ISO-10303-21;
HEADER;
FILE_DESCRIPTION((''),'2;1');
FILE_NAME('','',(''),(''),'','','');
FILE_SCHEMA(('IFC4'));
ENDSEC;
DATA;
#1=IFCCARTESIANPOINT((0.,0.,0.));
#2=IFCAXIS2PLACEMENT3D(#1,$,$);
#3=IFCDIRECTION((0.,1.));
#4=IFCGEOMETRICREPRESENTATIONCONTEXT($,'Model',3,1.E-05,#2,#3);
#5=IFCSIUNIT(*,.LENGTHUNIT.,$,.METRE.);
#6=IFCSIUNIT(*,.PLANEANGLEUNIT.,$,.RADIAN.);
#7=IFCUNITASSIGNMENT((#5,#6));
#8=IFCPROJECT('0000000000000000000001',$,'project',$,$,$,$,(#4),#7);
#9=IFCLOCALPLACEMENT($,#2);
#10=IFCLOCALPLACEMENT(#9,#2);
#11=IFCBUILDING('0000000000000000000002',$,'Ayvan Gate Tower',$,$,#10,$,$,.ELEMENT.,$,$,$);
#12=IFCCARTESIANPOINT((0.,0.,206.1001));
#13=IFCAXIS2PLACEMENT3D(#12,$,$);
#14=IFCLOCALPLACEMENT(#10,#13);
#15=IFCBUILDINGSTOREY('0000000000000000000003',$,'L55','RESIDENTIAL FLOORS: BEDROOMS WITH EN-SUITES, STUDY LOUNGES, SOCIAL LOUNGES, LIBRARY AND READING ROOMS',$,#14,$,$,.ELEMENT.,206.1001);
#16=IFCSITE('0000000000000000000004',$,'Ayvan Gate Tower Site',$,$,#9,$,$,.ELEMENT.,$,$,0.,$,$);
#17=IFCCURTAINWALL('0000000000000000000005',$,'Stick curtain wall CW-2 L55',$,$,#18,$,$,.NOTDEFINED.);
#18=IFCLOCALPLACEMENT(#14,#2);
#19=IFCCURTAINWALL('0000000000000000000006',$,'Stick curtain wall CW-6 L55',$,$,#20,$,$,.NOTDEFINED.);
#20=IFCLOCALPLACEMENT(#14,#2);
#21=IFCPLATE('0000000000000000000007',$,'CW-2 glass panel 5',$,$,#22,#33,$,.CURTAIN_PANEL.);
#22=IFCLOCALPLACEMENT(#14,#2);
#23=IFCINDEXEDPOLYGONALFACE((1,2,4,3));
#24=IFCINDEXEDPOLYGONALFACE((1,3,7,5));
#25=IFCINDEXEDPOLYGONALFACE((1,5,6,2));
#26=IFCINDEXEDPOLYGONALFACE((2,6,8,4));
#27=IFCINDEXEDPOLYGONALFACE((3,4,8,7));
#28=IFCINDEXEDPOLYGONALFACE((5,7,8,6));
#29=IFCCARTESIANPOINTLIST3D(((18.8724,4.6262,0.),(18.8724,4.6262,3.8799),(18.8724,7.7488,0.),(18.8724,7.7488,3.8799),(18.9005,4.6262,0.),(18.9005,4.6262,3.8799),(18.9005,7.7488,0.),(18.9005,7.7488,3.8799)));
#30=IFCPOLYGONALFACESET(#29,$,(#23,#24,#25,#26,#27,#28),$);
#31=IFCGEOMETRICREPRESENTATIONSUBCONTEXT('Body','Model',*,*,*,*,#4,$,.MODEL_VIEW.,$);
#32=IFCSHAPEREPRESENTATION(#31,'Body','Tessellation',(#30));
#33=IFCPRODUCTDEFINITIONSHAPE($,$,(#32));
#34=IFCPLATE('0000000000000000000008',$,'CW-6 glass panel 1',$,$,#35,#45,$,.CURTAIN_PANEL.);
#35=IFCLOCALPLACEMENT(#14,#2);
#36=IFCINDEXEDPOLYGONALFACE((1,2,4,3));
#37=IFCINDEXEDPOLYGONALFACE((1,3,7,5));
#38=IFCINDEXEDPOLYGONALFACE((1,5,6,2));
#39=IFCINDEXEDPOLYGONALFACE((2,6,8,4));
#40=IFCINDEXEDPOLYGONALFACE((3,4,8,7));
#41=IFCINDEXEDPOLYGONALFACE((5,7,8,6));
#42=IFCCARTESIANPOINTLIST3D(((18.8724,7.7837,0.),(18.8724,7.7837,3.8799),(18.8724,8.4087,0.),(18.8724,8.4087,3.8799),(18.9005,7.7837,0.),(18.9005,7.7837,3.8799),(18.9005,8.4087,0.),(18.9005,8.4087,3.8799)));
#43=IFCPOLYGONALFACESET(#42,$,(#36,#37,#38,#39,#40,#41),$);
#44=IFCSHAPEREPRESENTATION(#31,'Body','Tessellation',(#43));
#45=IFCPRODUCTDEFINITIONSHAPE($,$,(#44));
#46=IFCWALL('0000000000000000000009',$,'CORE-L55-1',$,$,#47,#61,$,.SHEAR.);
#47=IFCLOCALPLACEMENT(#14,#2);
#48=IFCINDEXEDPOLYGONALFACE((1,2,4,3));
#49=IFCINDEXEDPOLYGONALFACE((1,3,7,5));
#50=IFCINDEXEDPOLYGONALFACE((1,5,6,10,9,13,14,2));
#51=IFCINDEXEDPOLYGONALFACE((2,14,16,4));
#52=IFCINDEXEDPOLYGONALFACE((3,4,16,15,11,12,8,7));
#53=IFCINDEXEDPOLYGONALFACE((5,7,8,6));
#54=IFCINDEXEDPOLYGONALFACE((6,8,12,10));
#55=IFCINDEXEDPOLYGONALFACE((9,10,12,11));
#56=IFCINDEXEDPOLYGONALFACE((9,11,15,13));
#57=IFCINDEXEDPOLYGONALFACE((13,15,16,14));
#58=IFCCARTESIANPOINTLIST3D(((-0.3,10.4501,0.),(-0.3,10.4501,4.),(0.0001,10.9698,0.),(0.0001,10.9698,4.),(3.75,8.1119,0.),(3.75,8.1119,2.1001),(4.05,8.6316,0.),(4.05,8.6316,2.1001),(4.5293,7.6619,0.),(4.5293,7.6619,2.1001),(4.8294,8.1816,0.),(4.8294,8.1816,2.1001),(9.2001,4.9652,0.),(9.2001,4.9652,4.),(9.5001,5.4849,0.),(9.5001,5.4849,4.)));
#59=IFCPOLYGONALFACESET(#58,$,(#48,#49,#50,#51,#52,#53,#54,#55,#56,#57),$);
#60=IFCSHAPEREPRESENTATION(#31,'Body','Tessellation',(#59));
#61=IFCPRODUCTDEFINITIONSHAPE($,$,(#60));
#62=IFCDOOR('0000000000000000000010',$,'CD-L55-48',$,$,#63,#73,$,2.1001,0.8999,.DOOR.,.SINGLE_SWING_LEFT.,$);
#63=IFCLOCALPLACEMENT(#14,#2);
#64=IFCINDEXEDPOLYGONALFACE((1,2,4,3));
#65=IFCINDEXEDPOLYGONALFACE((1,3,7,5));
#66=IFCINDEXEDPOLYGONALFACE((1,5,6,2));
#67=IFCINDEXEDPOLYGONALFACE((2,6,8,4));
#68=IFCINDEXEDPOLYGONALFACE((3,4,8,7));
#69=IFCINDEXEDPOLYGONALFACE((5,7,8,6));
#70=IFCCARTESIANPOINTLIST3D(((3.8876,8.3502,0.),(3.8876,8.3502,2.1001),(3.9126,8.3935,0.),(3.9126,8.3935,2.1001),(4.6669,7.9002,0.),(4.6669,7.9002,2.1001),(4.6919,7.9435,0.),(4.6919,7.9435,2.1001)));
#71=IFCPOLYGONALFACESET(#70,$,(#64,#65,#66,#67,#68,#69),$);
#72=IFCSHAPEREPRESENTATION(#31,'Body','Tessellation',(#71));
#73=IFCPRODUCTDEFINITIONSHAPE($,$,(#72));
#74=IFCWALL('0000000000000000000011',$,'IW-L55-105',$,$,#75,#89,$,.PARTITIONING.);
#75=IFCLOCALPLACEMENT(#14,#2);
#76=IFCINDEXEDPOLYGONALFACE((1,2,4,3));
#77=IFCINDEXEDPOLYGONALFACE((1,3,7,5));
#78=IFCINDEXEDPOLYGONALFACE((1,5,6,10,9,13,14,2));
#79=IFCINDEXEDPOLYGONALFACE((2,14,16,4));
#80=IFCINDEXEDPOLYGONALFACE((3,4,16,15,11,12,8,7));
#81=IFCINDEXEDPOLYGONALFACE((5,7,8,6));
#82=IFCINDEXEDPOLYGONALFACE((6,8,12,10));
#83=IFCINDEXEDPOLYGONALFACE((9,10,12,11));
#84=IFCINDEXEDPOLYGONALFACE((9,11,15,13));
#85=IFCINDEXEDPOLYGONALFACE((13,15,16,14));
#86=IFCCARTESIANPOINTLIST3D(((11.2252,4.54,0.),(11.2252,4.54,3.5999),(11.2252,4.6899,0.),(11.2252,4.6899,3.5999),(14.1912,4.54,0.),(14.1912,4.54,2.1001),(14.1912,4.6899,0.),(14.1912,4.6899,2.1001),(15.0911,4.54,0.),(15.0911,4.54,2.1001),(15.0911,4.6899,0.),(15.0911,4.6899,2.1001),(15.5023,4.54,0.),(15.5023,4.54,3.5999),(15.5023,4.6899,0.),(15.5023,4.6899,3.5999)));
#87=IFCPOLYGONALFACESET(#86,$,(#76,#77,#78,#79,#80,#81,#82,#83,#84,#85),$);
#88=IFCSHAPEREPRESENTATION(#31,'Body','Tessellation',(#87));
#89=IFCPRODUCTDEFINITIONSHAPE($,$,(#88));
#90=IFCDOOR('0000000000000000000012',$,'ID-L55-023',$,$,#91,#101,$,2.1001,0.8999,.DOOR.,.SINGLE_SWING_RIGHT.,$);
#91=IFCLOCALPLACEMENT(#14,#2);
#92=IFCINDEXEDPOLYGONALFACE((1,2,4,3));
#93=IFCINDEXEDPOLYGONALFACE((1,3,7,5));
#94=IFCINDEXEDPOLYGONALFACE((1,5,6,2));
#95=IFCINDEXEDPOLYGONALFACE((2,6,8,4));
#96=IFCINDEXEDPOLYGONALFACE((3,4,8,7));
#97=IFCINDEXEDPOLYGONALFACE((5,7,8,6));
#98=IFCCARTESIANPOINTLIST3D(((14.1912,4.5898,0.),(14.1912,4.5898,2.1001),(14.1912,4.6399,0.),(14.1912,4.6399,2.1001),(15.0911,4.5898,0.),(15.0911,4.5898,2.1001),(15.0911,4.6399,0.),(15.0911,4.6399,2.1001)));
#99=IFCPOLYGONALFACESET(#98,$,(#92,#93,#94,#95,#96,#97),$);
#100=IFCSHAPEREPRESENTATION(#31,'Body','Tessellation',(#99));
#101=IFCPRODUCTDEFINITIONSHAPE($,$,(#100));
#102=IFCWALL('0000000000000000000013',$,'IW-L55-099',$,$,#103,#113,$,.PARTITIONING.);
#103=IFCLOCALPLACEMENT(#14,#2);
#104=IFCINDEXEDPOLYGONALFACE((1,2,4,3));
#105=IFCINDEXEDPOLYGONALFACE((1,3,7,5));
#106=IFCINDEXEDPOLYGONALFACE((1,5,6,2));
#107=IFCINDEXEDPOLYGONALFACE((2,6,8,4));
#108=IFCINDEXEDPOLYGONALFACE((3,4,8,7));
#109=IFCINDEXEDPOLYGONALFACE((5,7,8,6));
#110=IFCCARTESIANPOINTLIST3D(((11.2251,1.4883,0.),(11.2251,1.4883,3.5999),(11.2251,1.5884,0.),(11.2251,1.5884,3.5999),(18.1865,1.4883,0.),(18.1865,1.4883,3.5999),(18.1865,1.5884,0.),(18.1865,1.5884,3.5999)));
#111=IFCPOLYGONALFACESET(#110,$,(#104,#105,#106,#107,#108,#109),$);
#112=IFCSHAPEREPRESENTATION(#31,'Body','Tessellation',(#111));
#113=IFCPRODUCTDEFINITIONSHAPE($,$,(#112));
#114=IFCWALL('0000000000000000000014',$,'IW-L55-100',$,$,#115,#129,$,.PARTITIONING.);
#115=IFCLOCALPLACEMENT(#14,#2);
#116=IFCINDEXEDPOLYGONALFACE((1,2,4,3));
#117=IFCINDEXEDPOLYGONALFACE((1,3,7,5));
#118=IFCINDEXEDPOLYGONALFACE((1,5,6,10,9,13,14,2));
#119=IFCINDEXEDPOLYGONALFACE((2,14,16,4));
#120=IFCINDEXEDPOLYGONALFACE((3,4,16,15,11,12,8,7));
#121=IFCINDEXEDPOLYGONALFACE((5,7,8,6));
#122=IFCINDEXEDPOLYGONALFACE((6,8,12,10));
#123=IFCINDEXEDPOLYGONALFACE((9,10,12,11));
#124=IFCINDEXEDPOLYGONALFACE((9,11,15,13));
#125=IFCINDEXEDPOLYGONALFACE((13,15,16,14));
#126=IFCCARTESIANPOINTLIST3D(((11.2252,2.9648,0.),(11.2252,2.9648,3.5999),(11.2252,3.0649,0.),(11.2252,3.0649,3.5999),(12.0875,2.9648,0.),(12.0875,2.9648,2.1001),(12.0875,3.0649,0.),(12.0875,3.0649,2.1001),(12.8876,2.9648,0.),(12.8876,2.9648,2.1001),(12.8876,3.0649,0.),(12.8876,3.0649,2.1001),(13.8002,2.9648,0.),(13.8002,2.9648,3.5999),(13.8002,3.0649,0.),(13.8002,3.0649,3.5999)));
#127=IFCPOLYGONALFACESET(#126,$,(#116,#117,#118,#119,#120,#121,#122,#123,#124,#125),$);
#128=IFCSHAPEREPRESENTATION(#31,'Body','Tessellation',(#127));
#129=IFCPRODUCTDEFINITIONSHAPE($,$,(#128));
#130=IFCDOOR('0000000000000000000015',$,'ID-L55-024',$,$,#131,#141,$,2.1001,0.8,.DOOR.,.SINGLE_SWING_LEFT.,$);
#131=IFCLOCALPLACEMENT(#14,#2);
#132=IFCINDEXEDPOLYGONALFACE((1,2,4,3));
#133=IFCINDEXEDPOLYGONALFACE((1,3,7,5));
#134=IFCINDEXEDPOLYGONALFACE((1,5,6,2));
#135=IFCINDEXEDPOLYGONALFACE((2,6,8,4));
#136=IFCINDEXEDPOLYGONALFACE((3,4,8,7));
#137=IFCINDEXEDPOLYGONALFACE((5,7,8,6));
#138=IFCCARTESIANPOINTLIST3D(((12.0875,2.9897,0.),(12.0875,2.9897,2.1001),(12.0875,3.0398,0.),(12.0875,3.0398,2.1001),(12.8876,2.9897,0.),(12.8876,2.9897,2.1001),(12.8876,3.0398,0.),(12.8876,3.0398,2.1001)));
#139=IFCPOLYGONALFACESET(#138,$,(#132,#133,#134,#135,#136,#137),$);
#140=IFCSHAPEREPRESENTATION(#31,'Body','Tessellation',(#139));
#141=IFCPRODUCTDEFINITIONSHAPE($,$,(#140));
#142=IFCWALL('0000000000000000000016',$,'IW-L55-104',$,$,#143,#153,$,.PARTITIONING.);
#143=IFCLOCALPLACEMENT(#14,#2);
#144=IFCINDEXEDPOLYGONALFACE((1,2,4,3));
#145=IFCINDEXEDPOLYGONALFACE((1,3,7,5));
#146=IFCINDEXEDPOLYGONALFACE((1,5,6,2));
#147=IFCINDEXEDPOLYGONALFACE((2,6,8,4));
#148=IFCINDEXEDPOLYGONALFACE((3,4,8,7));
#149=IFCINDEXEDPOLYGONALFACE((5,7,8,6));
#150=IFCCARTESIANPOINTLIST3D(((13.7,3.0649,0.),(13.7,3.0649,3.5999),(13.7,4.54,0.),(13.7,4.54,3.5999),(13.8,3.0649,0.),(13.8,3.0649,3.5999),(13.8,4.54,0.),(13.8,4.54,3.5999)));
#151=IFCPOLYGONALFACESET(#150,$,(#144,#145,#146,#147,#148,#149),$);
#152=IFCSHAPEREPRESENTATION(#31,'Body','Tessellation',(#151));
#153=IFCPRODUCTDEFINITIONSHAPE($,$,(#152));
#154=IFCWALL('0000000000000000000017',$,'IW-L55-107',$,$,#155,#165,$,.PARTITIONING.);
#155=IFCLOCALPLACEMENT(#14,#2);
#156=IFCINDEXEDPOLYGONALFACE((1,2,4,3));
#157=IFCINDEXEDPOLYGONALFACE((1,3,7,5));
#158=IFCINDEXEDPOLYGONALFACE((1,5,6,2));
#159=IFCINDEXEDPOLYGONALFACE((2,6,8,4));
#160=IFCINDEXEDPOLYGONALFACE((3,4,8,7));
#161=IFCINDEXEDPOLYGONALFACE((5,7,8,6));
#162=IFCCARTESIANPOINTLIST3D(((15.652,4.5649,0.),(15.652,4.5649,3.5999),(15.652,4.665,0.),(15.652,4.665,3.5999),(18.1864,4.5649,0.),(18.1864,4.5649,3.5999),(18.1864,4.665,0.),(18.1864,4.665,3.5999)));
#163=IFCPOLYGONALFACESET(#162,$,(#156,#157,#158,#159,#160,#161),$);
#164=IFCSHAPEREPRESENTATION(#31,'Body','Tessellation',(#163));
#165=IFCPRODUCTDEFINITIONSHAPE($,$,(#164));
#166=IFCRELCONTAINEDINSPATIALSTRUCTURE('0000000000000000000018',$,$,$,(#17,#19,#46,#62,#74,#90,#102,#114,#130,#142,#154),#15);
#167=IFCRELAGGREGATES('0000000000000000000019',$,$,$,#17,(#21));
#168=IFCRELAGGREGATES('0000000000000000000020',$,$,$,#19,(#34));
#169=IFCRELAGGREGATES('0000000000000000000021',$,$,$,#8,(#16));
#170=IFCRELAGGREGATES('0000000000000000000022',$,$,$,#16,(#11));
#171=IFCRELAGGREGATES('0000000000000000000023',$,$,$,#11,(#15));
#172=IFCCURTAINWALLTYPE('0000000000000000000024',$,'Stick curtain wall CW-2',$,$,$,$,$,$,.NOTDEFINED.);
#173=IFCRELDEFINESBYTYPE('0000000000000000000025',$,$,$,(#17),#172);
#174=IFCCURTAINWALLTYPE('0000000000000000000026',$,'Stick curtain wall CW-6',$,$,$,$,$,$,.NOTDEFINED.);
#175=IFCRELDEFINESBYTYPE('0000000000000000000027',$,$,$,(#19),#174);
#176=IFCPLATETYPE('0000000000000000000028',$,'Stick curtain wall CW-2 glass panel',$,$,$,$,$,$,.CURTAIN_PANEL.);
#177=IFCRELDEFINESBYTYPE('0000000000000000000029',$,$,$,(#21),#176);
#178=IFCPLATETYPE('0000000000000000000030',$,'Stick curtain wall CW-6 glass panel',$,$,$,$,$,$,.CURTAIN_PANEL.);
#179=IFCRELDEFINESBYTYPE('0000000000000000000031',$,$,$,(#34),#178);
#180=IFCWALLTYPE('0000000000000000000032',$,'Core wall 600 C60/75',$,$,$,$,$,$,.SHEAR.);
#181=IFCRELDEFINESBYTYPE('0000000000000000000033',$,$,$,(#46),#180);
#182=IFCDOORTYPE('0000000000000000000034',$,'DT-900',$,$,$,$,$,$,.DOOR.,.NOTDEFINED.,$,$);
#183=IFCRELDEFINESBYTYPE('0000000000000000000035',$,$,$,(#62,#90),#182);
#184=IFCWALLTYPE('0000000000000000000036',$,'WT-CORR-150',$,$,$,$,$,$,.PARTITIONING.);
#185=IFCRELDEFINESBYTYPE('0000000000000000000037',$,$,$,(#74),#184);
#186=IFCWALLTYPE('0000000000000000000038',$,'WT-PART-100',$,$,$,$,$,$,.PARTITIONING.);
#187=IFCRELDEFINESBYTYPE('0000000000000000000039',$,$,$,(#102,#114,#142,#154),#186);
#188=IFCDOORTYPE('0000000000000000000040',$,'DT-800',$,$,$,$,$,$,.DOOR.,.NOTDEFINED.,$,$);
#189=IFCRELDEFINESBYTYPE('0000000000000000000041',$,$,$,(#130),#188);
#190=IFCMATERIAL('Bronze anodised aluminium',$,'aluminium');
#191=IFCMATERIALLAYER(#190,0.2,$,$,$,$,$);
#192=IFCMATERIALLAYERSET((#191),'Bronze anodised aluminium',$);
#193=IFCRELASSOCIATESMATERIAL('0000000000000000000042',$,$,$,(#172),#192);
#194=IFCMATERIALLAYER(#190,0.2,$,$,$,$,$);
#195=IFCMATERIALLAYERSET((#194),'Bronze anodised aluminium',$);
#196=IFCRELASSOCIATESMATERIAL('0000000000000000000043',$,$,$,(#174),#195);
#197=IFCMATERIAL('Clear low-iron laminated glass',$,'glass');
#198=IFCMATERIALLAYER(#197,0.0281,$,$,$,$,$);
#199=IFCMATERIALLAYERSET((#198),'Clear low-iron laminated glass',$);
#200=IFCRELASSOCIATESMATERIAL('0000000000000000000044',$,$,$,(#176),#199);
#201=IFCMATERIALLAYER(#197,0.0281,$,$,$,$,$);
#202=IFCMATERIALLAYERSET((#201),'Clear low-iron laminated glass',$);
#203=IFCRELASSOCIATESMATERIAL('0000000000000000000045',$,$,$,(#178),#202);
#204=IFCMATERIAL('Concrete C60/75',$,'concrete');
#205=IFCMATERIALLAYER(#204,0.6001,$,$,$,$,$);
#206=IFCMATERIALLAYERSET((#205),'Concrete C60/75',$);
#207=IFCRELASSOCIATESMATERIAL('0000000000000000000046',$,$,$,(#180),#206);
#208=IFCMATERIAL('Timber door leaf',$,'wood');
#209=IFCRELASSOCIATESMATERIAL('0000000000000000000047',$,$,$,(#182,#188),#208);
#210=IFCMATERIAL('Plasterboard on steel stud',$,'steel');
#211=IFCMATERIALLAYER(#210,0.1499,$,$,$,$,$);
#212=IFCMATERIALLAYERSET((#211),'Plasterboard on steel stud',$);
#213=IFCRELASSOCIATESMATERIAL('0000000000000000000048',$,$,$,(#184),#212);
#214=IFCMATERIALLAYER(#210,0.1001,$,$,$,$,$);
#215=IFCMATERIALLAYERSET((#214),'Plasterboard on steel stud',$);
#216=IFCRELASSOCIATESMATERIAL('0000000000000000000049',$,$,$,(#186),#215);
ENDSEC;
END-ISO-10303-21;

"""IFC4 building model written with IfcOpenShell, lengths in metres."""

from ifc_helpers import new_model, si_unit, direction, frame, frame_2d, origin, origin_2d, place, context, subcontext, project, spatial, rectangle, extrude, material, layer, layer_set, type_object, element, fill, aggregate, save


model = new_model("IFC4")

# Units and contexts
model_context = context("Model", 3, precision=1e-05, world=origin(), true_north=direction((0.0, 1.0)))
body_context = subcontext(model_context, "Body", "Model", "MODEL_VIEW")
ifc_project = project(units=[si_unit("LENGTHUNIT", "METRE"), si_unit("PLANEANGLEUNIT", "RADIAN")], contexts=[model_context])

# Site, building, storey
site_placement = place(None, origin())
site = spatial("IfcSite", under=ifc_project, at=site_placement, Name="Ayvan Gate Tower Site", CompositionType="ELEMENT", RefElevation=0.0)
building_placement = place(site_placement, origin())
building = spatial("IfcBuilding", under=site, at=building_placement, Name="Ayvan Gate Tower", CompositionType="ELEMENT")
storey_placement = place(building_placement, frame((0.0, 0.0, 206.1001)))
storey = spatial("IfcBuildingStorey", under=building, at=storey_placement, Name="L55", Description="RESIDENTIAL FLOORS: BEDROOMS WITH EN-SUITES, STUDY LOUNGES, SOCIAL LOUNGES, LIBRARY AND READING ROOMS", CompositionType="ELEMENT", Elevation=206.1001)

# Curtain walls
ifc_material_1 = material(Name="Bronze anodised aluminium", Category="aluminium")
ifc_layer_1 = layer(ifc_material_1, 0.2)
ifc_layer_set_1 = layer_set([ifc_layer_1], Name="Bronze anodised aluminium")
curtain_wall_type_1 = type_object("IfcCurtainWallType", Name="Stick curtain wall CW-2", PredefinedType="NOTDEFINED", material=ifc_layer_set_1)
curtain_wall_1_placement = place(storey_placement, origin())
curtain_wall_1 = element("IfcCurtainWall", 1, at=curtain_wall_1_placement, inside=storey, type_object=curtain_wall_type_1, Name="Stick curtain wall CW-2 L55", PredefinedType="NOTDEFINED")
ifc_layer_2 = layer(ifc_material_1, 0.2)
ifc_layer_set_2 = layer_set([ifc_layer_2], Name="Bronze anodised aluminium")
curtain_wall_type_2 = type_object("IfcCurtainWallType", Name="Stick curtain wall CW-6", PredefinedType="NOTDEFINED", material=ifc_layer_set_2)
curtain_wall_2_placement = place(storey_placement, origin())
curtain_wall_2 = element("IfcCurtainWall", 2, at=curtain_wall_2_placement, inside=storey, type_object=curtain_wall_type_2, Name="Stick curtain wall CW-6 L55", PredefinedType="NOTDEFINED")

# Plates
ifc_material_2 = material(Name="Clear low-iron laminated glass", Category="glass")
ifc_layer_3 = layer(ifc_material_2, 0.0281)
ifc_layer_set_3 = layer_set([ifc_layer_3], Name="Clear low-iron laminated glass")
plate_type_1 = type_object("IfcPlateType", Name="Stick curtain wall CW-2 glass panel", PredefinedType="CURTAIN_PANEL", material=ifc_layer_set_3)
plate_1_placement = place(storey_placement, frame((18.8865, 6.1875, 0.0), z_axis=(0.0, 0.0, 1.0), x_axis=(0.0, 1.0, 0.0)))
plate_1 = element("IfcPlate", 3, at=plate_1_placement, type_object=plate_type_1, Name="CW-2 glass panel 5", PredefinedType="CURTAIN_PANEL", context=body_context, shape_type="SweptSolid", body=[
    extrude(rectangle(XDim=3.1226, YDim=0.0281, at=origin_2d()), origin(), (0.0, 0.0, 1.0), 3.8799),
])
aggregate(curtain_wall_1, [plate_1])
ifc_layer_4 = layer(ifc_material_2, 0.0281)
ifc_layer_set_4 = layer_set([ifc_layer_4], Name="Clear low-iron laminated glass")
plate_type_2 = type_object("IfcPlateType", Name="Stick curtain wall CW-6 glass panel", PredefinedType="CURTAIN_PANEL", material=ifc_layer_set_4)
plate_2_placement = place(storey_placement, frame((18.8865, 8.0962, 0.0), z_axis=(0.0, 0.0, 1.0), x_axis=(0.0, 1.0, 0.0)))
plate_2 = element("IfcPlate", 4, at=plate_2_placement, type_object=plate_type_2, Name="CW-6 glass panel 1", PredefinedType="CURTAIN_PANEL", context=body_context, shape_type="SweptSolid", body=[
    extrude(rectangle(XDim=0.625, YDim=0.0281, at=origin_2d()), origin(), (0.0, 0.0, 1.0), 3.8799),
])
aggregate(curtain_wall_2, [plate_2])

# Walls, openings, doors
ifc_material_3 = material(Name="Concrete C60/75", Category="concrete")
ifc_layer_5 = layer(ifc_material_3, 0.6001)
ifc_layer_set_5 = layer_set([ifc_layer_5], Name="Concrete C60/75")
wall_type_1 = type_object("IfcWallType", Name="Core wall 600 C60/75", PredefinedType="SHEAR", material=ifc_layer_set_5)
wall_1_placement = place(storey_placement, frame((9.3501, 5.2251, 0.0), z_axis=(0.0, 0.0, 1.0), x_axis=(-0.866024, 0.500002, 0.0)))
wall_1 = element("IfcWall", 5, at=wall_1_placement, inside=storey, type_object=wall_type_1, Name="CORE-L55-1", PredefinedType="SHEAR", context=body_context, shape_type="SweptSolid", body=[
    extrude(rectangle(XDim=10.9697, YDim=0.6001, at=frame_2d((5.4849, 0.0))), origin(), (0.0, 0.0, 1.0), 4.0),
])
opening_1_placement = place(wall_1_placement, frame((5.3933, 0.0, 0.0)))
opening_1 = element("IfcOpeningElement", 6, at=opening_1_placement, cuts=wall_1, PredefinedType="OPENING", context=body_context, shape_type="SweptSolid", body=[
    extrude(rectangle(XDim=0.8999, YDim=2.1001, at=frame_2d((0.45, 1.05))), frame((0.0, 0.3101, 0.0), z_axis=(0.0, -1.0, 0.0), x_axis=(1.0, 0.0, 0.0)), (0.0, 0.0, 1.0), 0.6201),
])
ifc_material_4 = material(Name="Timber door leaf", Category="wood")
door_type_1 = type_object("IfcDoorType", Name="DT-900", OperationType="NOTDEFINED", PredefinedType="DOOR", material=ifc_material_4)
door_1_placement = place(opening_1_placement, origin())
door_1 = element("IfcDoor", 7, at=door_1_placement, inside=storey, type_object=door_type_1, Name="CD-L55-48", OperationType="SINGLE_SWING_LEFT", OverallHeight=2.1001, OverallWidth=0.8999, PredefinedType="DOOR", context=body_context, shape_type="SweptSolid", body=[
    extrude(rectangle(XDim=0.8999, YDim=2.1001, at=frame_2d((0.45, 1.05))), frame((0.0, 0.0249, 0.0), z_axis=(0.0, -1.0, 0.0), x_axis=(1.0, 0.0, 0.0)), (0.0, 0.0, 1.0), 0.05),
])
fill(opening_1, door_1)
ifc_material_5 = material(Name="Plasterboard on steel stud", Category="steel")
ifc_layer_6 = layer(ifc_material_5, 0.1499)
ifc_layer_set_6 = layer_set([ifc_layer_6], Name="Plasterboard on steel stud")
wall_type_2 = type_object("IfcWallType", Name="WT-CORR-150", PredefinedType="PARTITIONING", material=ifc_layer_set_6)
wall_2_placement = place(storey_placement, frame((11.2251, 4.615, 0.0), z_axis=(0.0, 0.0, 1.0), x_axis=(1.0, 0.0, 0.0)))
wall_2 = element("IfcWall", 8, at=wall_2_placement, inside=storey, type_object=wall_type_2, Name="IW-L55-105", PredefinedType="PARTITIONING", context=body_context, shape_type="SweptSolid", body=[
    extrude(rectangle(XDim=4.2771, YDim=0.1499, at=frame_2d((2.1387, 0.0))), origin(), (0.0, 0.0, 1.0), 3.5999),
])
opening_2_placement = place(wall_2_placement, frame((2.9661, 0.0, 0.0)))
opening_2 = element("IfcOpeningElement", 9, at=opening_2_placement, cuts=wall_2, PredefinedType="OPENING", context=body_context, shape_type="SweptSolid", body=[
    extrude(rectangle(XDim=0.8999, YDim=2.1001, at=frame_2d((0.45, 1.05))), frame((0.0, 0.085, 0.0), z_axis=(0.0, -1.0, 0.0), x_axis=(1.0, 0.0, 0.0)), (0.0, 0.0, 1.0), 0.1699),
])
door_2_placement = place(opening_2_placement, origin())
door_2 = element("IfcDoor", 10, at=door_2_placement, inside=storey, type_object=door_type_1, Name="ID-L55-023", OperationType="SINGLE_SWING_RIGHT", OverallHeight=2.1001, OverallWidth=0.8999, PredefinedType="DOOR", context=body_context, shape_type="SweptSolid", body=[
    extrude(rectangle(XDim=0.8999, YDim=2.1001, at=frame_2d((0.45, 1.05))), frame((0.0, 0.0249, 0.0), z_axis=(0.0, -1.0, 0.0), x_axis=(1.0, 0.0, 0.0)), (0.0, 0.0, 1.0), 0.05),
])
fill(opening_2, door_2)

# Wall
ifc_layer_7 = layer(ifc_material_5, 0.1001)
ifc_layer_set_7 = layer_set([ifc_layer_7], Name="Plasterboard on steel stud")
wall_type_3 = type_object("IfcWallType", Name="WT-PART-100", PredefinedType="PARTITIONING", material=ifc_layer_set_7)
wall_3_placement = place(storey_placement, frame((11.2251, 1.5383, 0.0), z_axis=(0.0, 0.0, 1.0), x_axis=(1.0, 0.0, 0.0)))
element("IfcWall", 11, at=wall_3_placement, inside=storey, type_object=wall_type_3, Name="IW-L55-099", PredefinedType="PARTITIONING", context=body_context, shape_type="SweptSolid", body=[
    extrude(rectangle(XDim=6.9614, YDim=0.1001, at=frame_2d((3.4807, 0.0))), origin(), (0.0, 0.0, 1.0), 3.5999),
])

# Wall, opening, door
wall_4_placement = place(storey_placement, frame((11.2251, 3.0149, 0.0), z_axis=(0.0, 0.0, 1.0), x_axis=(1.0, 0.0, 0.0)))
wall_4 = element("IfcWall", 12, at=wall_4_placement, inside=storey, type_object=wall_type_3, Name="IW-L55-100", PredefinedType="PARTITIONING", context=body_context, shape_type="SweptSolid", body=[
    extrude(rectangle(XDim=2.575, YDim=0.1001, at=frame_2d((1.2876, 0.0))), origin(), (0.0, 0.0, 1.0), 3.5999),
])
opening_3_placement = place(wall_4_placement, frame((0.8625, 0.0, 0.0)))
opening_3 = element("IfcOpeningElement", 13, at=opening_3_placement, cuts=wall_4, PredefinedType="OPENING", context=body_context, shape_type="SweptSolid", body=[
    extrude(rectangle(XDim=0.8, YDim=2.1001, at=frame_2d((0.3999, 1.05))), frame((0.0, 0.0601, 0.0), z_axis=(0.0, -1.0, 0.0), x_axis=(1.0, 0.0, 0.0)), (0.0, 0.0, 1.0), 0.1201),
])
door_type_2 = type_object("IfcDoorType", Name="DT-800", OperationType="NOTDEFINED", PredefinedType="DOOR", material=ifc_material_4)
door_3_placement = place(opening_3_placement, origin())
door_3 = element("IfcDoor", 14, at=door_3_placement, inside=storey, type_object=door_type_2, Name="ID-L55-024", OperationType="SINGLE_SWING_LEFT", OverallHeight=2.1001, OverallWidth=0.8, PredefinedType="DOOR", context=body_context, shape_type="SweptSolid", body=[
    extrude(rectangle(XDim=0.8, YDim=2.1001, at=frame_2d((0.3999, 1.05))), frame((0.0, 0.0249, 0.0), z_axis=(0.0, -1.0, 0.0), x_axis=(1.0, 0.0, 0.0)), (0.0, 0.0, 1.0), 0.05),
])
fill(opening_3, door_3)

# Walls
wall_5_placement = place(storey_placement, frame((13.75, 3.0649, 0.0), z_axis=(0.0, 0.0, 1.0), x_axis=(0.0, 1.0, 0.0)))
element("IfcWall", 15, at=wall_5_placement, inside=storey, type_object=wall_type_3, Name="IW-L55-104", PredefinedType="PARTITIONING", context=body_context, shape_type="SweptSolid", body=[
    extrude(rectangle(XDim=1.4751, YDim=0.1001, at=frame_2d((0.7375, 0.0))), origin(), (0.0, 0.0, 1.0), 3.5999),
])
wall_6_placement = place(storey_placement, frame((15.6521, 4.615, 0.0), z_axis=(0.0, 0.0, 1.0), x_axis=(1.0, 0.0, 0.0)))
element("IfcWall", 16, at=wall_6_placement, inside=storey, type_object=wall_type_3, Name="IW-L55-107", PredefinedType="PARTITIONING", context=body_context, shape_type="SweptSolid", body=[
    extrude(rectangle(XDim=2.5344, YDim=0.1001, at=frame_2d((1.2671, 0.0))), origin(), (0.0, 0.0, 1.0), 3.5999),
])

save(model, "model.ifc")
